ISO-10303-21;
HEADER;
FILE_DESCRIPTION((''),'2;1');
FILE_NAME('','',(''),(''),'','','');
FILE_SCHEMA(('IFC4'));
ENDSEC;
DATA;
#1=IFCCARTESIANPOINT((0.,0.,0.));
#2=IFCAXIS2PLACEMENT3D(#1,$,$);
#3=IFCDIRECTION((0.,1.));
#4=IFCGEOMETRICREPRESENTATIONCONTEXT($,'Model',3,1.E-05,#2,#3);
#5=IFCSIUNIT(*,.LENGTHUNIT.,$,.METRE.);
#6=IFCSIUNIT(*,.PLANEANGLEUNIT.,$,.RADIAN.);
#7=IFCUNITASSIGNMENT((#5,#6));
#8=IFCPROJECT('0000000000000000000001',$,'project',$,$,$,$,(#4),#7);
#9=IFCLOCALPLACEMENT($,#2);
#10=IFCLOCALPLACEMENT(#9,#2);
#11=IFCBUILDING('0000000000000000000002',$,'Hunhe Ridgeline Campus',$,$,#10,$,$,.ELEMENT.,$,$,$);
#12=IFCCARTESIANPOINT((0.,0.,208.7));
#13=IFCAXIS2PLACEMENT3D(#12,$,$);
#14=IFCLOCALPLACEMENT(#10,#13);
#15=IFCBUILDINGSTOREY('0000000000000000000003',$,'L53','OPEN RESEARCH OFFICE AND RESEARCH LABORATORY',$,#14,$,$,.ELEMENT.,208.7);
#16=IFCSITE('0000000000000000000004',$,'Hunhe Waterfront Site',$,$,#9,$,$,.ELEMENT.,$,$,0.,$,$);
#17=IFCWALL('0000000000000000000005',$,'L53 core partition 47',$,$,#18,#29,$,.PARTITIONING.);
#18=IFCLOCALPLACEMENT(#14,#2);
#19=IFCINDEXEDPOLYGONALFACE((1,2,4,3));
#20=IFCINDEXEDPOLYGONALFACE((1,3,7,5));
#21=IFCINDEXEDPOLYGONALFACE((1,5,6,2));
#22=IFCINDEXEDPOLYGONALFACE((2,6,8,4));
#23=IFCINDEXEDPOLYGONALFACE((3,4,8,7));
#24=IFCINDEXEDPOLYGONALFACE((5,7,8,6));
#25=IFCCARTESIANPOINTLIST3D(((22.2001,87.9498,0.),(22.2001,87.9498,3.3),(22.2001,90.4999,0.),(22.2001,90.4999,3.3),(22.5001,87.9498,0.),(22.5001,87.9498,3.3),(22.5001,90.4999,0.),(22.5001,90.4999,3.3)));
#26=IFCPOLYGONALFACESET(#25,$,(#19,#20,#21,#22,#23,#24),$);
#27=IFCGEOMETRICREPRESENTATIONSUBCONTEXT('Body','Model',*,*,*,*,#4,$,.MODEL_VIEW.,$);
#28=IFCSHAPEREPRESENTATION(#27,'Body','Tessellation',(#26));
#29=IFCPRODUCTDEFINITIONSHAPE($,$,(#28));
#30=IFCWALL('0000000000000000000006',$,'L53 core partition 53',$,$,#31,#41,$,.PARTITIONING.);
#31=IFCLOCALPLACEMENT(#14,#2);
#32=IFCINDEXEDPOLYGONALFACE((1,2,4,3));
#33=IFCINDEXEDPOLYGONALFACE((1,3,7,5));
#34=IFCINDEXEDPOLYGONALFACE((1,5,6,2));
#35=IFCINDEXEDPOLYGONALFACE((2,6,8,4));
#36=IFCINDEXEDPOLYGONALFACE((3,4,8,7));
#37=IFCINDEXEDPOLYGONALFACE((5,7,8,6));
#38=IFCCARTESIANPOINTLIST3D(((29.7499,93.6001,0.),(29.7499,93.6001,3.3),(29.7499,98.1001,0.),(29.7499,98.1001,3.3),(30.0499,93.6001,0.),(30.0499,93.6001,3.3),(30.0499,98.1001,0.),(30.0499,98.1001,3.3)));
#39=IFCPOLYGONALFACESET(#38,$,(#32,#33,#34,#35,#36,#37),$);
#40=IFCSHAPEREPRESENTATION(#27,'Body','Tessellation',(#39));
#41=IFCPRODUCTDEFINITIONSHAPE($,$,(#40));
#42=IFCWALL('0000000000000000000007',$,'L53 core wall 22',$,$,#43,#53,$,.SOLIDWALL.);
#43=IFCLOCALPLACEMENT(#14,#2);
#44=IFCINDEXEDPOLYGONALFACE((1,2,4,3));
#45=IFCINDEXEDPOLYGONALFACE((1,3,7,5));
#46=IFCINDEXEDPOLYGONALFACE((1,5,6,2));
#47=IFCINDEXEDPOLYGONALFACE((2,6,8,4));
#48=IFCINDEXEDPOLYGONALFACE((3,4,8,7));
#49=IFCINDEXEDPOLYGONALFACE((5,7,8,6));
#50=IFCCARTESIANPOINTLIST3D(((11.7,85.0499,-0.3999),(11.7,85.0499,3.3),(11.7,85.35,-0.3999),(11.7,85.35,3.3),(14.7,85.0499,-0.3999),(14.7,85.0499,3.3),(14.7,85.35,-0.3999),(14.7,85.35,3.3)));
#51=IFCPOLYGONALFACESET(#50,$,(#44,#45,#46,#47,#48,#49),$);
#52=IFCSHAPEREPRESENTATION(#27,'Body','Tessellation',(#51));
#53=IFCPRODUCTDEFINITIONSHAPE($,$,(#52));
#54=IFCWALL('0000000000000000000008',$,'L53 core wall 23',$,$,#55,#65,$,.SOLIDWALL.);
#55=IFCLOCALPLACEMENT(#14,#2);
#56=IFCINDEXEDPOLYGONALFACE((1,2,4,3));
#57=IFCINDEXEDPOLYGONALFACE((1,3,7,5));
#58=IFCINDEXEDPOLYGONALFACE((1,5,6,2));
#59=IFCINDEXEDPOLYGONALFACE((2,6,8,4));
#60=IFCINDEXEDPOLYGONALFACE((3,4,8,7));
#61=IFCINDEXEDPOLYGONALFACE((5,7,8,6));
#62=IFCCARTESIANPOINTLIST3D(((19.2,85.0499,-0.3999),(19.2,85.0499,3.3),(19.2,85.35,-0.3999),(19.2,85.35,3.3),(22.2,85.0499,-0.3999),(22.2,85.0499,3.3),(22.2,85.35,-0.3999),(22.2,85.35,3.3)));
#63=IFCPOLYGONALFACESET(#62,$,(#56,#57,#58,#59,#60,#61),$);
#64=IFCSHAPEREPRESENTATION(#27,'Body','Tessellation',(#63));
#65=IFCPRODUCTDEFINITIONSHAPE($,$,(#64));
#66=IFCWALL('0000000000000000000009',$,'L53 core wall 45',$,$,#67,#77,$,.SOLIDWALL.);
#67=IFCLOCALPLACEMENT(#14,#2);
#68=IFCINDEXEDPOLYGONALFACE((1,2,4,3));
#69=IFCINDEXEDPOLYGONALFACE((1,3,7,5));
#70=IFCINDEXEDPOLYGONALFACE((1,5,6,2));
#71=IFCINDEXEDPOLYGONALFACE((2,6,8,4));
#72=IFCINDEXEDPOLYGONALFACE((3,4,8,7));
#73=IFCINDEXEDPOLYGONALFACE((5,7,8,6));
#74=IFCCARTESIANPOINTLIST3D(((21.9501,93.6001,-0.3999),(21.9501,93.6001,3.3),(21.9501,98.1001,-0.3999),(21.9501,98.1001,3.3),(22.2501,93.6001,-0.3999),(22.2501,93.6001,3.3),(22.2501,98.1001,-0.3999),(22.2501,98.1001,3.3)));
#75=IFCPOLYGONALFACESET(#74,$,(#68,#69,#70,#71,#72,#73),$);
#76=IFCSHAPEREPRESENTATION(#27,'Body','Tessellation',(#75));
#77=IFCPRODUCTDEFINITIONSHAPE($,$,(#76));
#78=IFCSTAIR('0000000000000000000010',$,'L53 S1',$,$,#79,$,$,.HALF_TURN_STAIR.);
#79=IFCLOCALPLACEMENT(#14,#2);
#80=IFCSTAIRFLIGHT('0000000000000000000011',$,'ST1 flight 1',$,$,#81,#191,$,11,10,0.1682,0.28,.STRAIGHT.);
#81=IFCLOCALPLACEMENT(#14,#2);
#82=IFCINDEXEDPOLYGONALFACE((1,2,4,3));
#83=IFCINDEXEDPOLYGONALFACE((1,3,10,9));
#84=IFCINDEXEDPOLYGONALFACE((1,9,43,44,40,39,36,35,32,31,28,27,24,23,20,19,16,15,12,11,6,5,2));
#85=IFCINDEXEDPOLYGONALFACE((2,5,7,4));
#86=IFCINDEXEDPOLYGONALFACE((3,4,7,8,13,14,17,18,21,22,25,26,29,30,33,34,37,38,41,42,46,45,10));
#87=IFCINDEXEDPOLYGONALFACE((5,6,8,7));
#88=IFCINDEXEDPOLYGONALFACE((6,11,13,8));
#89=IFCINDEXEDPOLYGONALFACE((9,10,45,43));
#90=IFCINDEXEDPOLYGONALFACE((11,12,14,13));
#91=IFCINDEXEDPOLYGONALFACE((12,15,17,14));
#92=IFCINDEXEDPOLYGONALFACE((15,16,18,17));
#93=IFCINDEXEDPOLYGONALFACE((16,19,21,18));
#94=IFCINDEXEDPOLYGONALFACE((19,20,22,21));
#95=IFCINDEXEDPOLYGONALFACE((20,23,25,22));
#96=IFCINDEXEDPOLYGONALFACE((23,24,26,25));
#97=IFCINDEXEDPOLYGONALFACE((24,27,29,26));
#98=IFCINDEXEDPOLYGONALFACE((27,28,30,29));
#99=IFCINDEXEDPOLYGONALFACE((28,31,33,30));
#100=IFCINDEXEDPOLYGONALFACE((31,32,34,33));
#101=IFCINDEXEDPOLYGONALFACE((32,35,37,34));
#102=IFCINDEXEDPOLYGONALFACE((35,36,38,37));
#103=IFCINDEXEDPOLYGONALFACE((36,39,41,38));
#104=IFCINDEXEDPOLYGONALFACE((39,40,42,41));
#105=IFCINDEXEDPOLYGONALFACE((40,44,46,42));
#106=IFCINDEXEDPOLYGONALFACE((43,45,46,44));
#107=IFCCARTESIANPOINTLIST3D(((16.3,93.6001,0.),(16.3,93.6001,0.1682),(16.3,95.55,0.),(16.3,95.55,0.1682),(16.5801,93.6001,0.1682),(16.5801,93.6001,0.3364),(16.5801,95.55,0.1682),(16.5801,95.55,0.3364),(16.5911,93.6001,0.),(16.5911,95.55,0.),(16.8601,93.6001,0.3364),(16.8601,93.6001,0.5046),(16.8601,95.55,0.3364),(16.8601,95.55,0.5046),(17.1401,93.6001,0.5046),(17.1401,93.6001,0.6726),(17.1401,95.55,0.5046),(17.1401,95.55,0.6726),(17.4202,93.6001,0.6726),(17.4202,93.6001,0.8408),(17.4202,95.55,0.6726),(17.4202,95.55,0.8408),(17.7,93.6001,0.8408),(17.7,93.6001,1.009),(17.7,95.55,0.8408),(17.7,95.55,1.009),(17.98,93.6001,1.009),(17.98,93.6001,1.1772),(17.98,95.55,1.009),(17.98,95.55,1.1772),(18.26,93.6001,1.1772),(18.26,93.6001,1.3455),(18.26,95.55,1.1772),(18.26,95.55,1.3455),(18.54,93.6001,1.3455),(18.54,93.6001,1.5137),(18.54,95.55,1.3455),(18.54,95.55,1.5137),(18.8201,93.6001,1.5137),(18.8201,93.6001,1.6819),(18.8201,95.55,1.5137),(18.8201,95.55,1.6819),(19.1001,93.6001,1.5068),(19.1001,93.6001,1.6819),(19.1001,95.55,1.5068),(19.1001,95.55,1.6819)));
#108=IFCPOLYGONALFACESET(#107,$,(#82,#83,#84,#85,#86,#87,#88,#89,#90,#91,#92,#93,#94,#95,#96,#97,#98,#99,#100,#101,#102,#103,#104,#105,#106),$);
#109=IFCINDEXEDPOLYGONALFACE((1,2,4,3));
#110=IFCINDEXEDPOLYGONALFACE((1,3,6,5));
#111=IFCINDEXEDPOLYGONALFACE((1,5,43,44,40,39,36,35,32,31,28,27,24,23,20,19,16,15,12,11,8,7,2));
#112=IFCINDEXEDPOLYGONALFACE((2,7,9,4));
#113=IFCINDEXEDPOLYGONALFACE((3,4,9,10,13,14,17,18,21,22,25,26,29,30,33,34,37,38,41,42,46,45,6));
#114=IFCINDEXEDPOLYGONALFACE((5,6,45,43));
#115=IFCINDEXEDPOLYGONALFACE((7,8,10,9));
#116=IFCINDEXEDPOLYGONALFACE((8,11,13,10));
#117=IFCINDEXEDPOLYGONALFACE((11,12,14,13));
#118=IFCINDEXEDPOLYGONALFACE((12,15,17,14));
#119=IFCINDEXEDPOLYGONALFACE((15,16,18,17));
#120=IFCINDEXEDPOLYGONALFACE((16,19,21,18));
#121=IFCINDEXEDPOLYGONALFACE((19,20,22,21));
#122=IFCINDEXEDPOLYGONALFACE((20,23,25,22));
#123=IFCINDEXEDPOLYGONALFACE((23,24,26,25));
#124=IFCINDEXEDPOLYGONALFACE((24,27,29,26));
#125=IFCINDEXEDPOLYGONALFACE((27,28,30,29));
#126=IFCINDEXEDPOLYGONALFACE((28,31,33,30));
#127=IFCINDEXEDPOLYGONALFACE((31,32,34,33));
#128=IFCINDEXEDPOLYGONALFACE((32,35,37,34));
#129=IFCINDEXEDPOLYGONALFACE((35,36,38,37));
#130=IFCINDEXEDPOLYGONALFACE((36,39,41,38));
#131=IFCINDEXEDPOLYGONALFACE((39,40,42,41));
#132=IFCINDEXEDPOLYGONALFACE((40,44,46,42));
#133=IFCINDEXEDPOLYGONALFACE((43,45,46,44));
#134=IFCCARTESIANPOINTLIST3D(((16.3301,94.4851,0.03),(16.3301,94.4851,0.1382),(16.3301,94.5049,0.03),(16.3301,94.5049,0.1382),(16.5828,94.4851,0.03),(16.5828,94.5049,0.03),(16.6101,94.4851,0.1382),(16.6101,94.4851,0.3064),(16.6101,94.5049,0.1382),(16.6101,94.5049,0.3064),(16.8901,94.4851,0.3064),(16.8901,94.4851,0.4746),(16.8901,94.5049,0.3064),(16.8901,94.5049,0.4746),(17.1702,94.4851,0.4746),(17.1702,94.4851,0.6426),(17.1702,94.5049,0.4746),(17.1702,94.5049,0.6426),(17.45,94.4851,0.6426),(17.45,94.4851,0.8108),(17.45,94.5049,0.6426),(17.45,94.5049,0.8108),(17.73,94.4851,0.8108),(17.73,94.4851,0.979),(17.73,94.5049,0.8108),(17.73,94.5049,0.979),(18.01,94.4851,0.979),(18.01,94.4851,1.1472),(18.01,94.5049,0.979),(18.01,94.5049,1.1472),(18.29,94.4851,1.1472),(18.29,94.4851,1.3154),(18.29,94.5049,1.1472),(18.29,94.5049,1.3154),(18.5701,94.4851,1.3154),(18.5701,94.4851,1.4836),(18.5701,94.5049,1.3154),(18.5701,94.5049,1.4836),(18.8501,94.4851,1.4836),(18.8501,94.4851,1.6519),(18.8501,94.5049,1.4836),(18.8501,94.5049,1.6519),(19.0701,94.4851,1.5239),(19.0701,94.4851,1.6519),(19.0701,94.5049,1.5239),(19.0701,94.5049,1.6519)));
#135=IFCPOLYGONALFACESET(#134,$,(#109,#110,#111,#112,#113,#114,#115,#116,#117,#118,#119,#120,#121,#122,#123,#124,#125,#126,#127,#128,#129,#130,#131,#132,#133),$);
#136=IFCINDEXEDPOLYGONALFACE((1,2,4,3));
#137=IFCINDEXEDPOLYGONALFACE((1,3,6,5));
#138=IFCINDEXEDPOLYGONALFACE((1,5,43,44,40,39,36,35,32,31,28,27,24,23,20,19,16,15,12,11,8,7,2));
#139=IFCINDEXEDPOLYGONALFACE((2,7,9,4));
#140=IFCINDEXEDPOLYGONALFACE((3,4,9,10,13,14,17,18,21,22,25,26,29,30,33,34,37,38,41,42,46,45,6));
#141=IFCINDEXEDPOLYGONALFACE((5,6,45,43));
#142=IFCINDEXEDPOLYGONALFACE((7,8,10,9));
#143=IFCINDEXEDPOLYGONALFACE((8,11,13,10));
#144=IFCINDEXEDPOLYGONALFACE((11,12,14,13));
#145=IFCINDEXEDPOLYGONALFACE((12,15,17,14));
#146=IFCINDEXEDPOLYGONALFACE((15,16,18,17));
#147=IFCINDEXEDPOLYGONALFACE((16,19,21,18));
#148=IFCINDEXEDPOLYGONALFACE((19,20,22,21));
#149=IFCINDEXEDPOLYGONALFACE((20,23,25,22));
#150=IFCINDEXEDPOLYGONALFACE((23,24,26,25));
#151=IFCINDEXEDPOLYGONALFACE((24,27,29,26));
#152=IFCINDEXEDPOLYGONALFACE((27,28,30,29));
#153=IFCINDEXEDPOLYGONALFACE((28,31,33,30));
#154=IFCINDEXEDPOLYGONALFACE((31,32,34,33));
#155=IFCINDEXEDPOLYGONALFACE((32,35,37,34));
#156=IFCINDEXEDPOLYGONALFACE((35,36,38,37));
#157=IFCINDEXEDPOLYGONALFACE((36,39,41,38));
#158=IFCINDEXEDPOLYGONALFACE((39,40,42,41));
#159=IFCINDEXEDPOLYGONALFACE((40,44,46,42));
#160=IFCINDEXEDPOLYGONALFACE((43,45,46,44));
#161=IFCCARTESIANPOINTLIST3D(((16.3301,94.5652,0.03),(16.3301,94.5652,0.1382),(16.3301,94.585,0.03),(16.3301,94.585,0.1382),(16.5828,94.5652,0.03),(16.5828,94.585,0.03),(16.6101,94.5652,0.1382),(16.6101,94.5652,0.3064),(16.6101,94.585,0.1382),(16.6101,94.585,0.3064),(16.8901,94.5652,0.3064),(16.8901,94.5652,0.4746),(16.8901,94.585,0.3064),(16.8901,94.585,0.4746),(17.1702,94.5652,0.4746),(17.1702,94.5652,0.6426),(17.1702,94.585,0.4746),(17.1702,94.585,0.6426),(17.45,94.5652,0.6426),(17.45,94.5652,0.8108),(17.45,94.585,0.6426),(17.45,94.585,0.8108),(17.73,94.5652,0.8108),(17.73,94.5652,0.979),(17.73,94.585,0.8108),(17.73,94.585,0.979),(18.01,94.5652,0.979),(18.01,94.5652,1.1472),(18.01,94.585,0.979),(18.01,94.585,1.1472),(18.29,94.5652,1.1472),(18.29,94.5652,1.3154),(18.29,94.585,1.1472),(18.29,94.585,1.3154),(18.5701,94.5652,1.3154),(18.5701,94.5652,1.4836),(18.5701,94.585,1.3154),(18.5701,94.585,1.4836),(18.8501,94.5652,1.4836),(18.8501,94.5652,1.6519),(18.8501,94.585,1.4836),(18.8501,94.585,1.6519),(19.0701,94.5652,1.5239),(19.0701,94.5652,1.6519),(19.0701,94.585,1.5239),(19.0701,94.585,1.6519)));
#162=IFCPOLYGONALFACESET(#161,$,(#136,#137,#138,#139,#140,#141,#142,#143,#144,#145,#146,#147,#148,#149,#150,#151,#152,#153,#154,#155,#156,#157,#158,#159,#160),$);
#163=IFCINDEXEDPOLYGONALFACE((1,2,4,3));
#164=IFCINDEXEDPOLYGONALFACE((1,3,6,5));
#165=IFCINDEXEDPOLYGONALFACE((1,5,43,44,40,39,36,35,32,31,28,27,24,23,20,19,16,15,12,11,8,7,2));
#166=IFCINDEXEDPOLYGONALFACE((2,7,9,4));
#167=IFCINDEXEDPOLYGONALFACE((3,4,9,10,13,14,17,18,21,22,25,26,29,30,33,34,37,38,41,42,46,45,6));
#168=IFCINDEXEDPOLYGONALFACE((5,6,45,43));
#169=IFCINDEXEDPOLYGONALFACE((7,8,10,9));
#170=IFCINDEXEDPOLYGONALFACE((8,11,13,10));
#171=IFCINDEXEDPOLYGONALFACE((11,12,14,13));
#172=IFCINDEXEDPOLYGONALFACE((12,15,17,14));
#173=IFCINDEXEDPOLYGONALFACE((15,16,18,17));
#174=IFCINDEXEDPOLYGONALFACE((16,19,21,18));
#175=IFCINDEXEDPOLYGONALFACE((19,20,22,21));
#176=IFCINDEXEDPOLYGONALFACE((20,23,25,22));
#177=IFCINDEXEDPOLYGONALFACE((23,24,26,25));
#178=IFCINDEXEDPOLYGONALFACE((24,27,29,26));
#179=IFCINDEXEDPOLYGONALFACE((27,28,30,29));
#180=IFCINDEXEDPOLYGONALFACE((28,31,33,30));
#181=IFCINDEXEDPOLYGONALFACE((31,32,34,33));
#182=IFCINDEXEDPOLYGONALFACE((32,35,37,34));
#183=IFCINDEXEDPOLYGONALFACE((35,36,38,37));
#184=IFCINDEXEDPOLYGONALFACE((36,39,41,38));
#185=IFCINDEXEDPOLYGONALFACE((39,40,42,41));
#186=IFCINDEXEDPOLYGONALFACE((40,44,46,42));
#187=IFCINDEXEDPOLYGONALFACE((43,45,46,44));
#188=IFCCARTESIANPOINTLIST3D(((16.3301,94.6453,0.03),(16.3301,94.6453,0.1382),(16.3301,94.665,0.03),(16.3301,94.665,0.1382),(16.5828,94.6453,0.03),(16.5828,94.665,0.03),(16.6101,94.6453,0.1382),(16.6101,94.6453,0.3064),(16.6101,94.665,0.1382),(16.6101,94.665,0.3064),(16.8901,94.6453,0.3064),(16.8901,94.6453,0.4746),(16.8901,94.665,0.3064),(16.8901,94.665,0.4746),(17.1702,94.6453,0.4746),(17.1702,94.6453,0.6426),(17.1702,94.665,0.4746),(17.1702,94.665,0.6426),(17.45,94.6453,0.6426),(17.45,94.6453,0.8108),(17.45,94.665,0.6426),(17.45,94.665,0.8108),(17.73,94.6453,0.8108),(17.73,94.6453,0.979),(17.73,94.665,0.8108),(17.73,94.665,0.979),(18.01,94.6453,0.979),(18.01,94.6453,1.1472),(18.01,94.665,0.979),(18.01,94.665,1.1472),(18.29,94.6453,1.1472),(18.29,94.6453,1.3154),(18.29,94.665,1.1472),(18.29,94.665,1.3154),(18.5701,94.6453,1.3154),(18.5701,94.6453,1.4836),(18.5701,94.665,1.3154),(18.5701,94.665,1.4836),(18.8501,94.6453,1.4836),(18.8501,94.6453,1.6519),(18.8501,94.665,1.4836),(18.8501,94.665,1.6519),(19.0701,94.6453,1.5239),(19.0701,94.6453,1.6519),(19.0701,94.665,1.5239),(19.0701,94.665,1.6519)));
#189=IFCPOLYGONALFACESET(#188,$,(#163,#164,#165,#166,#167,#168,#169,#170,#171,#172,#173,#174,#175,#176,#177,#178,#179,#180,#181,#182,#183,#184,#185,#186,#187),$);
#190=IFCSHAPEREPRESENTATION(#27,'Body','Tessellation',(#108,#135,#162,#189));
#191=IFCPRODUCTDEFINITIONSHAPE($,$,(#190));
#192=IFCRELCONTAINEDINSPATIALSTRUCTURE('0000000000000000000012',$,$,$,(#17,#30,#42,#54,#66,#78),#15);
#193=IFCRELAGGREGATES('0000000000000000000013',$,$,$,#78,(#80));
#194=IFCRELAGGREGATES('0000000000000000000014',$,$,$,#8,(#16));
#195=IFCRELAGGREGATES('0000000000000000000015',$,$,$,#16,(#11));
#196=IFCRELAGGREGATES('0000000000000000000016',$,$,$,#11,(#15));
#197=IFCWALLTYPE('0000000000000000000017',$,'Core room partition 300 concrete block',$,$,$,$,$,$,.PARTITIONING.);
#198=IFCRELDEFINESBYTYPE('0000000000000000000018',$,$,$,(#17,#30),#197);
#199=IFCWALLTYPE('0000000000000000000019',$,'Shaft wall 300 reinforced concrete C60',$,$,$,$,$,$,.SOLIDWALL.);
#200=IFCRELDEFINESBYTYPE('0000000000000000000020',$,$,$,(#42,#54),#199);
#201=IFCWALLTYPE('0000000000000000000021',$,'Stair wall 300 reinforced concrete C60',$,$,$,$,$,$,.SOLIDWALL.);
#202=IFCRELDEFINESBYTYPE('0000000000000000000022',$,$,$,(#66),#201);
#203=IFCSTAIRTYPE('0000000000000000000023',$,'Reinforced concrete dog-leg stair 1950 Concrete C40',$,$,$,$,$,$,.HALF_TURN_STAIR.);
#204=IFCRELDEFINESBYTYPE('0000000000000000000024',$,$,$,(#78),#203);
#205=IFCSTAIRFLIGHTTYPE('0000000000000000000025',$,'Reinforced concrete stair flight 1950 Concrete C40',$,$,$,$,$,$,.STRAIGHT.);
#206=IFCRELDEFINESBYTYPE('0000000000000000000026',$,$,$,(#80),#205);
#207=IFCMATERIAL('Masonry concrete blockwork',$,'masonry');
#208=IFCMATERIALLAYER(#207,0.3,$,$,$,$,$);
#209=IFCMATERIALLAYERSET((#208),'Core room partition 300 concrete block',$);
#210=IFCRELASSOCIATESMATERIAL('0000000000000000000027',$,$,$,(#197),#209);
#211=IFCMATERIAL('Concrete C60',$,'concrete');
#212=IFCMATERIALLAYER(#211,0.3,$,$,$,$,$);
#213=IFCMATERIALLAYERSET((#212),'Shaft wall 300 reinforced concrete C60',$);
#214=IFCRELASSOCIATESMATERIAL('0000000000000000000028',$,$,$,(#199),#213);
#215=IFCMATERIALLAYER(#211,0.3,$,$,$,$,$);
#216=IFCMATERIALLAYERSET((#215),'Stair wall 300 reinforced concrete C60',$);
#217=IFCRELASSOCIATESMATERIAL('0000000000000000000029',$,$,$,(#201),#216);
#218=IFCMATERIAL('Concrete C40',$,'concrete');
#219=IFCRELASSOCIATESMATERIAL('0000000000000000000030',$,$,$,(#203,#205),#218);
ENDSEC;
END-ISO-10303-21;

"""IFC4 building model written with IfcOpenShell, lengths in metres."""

from ifc_helpers import new_model, si_unit, direction, frame, frame_2d, origin, place, context, subcontext, project, spatial, polyline, rectangle, outline, extrude, material, layer, layer_set, type_object, element, aggregate, save


model = new_model("IFC4")

# Units and contexts
model_context = context("Model", 3, precision=1e-05, world=origin(), true_north=direction((0.0, 1.0)))
body_context = subcontext(model_context, "Body", "Model", "MODEL_VIEW")
ifc_project = project(units=[si_unit("LENGTHUNIT", "METRE"), si_unit("PLANEANGLEUNIT", "RADIAN")], contexts=[model_context])

# Site, building, storey
site_placement = place(None, origin())
site = spatial("IfcSite", under=ifc_project, at=site_placement, Name="Hunhe Waterfront Site", CompositionType="ELEMENT", RefElevation=0.0)
building_placement = place(site_placement, origin())
building = spatial("IfcBuilding", under=site, at=building_placement, Name="Hunhe Ridgeline Campus", CompositionType="ELEMENT")
storey_placement = place(building_placement, frame((0.0, 0.0, 208.7)))
storey = spatial("IfcBuildingStorey", under=building, at=storey_placement, Name="L53", Description="OPEN RESEARCH OFFICE AND RESEARCH LABORATORY", CompositionType="ELEMENT", Elevation=208.7)

# Walls
ifc_material_1 = material(Name="Masonry concrete blockwork", Category="masonry")
ifc_layer_1 = layer(ifc_material_1, 0.3)
ifc_layer_set_1 = layer_set([ifc_layer_1], Name="Core room partition 300 concrete block")
wall_type_1 = type_object("IfcWallType", Name="Core room partition 300 concrete block", PredefinedType="PARTITIONING", material=ifc_layer_set_1)
wall_1_placement = place(storey_placement, frame((22.3501, 87.95, 0.0), z_axis=(0.0, 0.0, 1.0), x_axis=(0.0, 1.0, 0.0)))
element("IfcWall", 1, at=wall_1_placement, inside=storey, type_object=wall_type_1, Name="L53 core partition 47", PredefinedType="PARTITIONING", context=body_context, shape_type="SweptSolid", body=[
    extrude(rectangle(XDim=2.55, YDim=0.3, at=frame_2d((1.2749, 0.0))), origin(), (0.0, 0.0, 1.0), 3.3),
])
wall_2_placement = place(storey_placement, frame((29.8999, 93.6001, 0.0), z_axis=(0.0, 0.0, 1.0), x_axis=(0.0, 1.0, 0.0)))
element("IfcWall", 2, at=wall_2_placement, inside=storey, type_object=wall_type_1, Name="L53 core partition 53", PredefinedType="PARTITIONING", context=body_context, shape_type="SweptSolid", body=[
    extrude(rectangle(XDim=4.5, YDim=0.3, at=frame_2d((2.25, 0.0))), origin(), (0.0, 0.0, 1.0), 3.3),
])
ifc_material_2 = material(Name="Concrete C60", Category="concrete")
ifc_layer_2 = layer(ifc_material_2, 0.3)
ifc_layer_set_2 = layer_set([ifc_layer_2], Name="Shaft wall 300 reinforced concrete C60")
wall_type_2 = type_object("IfcWallType", Name="Shaft wall 300 reinforced concrete C60", PredefinedType="SOLIDWALL", material=ifc_layer_set_2)
for number, where, z_axis, x_axis, name in (
    (3, (11.7, 85.2, -0.3999), (0.0, 0.0, 1.0), (1.0, 0.0, 0.0), "L53 core wall 22"),
    (4, (19.2, 85.2, -0.3999), (0.0, 0.0, 1.0), (1.0, 0.0, 0.0), "L53 core wall 23"),
):
    element("IfcWall", number, at=place(storey_placement, frame(where, z_axis=z_axis, x_axis=x_axis)), inside=storey, type_object=wall_type_2, Name=name, PredefinedType="SOLIDWALL", context=body_context, shape_type="SweptSolid", body=[
        extrude(rectangle(XDim=3.0, YDim=0.3, at=frame_2d((1.5, 0.0))), origin(), (0.0, 0.0, 1.0), 3.7),
    ])

# Shared definitions
ifc_layer_3 = layer(ifc_material_2, 0.3)
ifc_layer_set_3 = layer_set([ifc_layer_3], Name="Stair wall 300 reinforced concrete C60")
wall_type_3 = type_object("IfcWallType", Name="Stair wall 300 reinforced concrete C60", PredefinedType="SOLIDWALL", material=ifc_layer_set_3)

# Wall
wall_3_placement = place(storey_placement, frame((22.1001, 93.6001, -0.3999), z_axis=(0.0, 0.0, 1.0), x_axis=(0.0, 1.0, 0.0)))
element("IfcWall", 5, at=wall_3_placement, inside=storey, type_object=wall_type_3, Name="L53 core wall 45", PredefinedType="SOLIDWALL", context=body_context, shape_type="SweptSolid", body=[
    extrude(rectangle(XDim=4.5, YDim=0.3, at=frame_2d((2.25, 0.0))), origin(), (0.0, 0.0, 1.0), 3.7),
])

# Stair, stair flight
ifc_material_3 = material(Name="Concrete C40", Category="concrete")
stair_type = type_object("IfcStairType", Name="Reinforced concrete dog-leg stair 1950 Concrete C40", PredefinedType="HALF_TURN_STAIR", material=ifc_material_3)
stair_placement = place(storey_placement, origin())
stair = element("IfcStair", 6, at=stair_placement, inside=storey, type_object=stair_type, Name="L53 S1", PredefinedType="HALF_TURN_STAIR")
stair_flight_type = type_object("IfcStairFlightType", Name="Reinforced concrete stair flight 1950 Concrete C40", PredefinedType="STRAIGHT", material=ifc_material_3)
stair_flight_1_placement = place(storey_placement, frame((16.3, 94.575, 0.0), z_axis=(0.0, 0.0, 1.0), x_axis=(1.0, 0.0, 0.0)))
stair_flight_1 = element("IfcStairFlight", 7, at=stair_flight_1_placement, type_object=stair_flight_type, Name="ST1 flight 1", NumberOfRisers=11, NumberOfTreads=10, PredefinedType="STRAIGHT", RiserHeight=0.1682, TreadLength=0.28, context=body_context, shape_type="SweptSolid", body=[
    extrude(outline(polyline([(0.0, 0.0), (0.0, 0.1682), (0.28, 0.1682), (0.28, 0.3364), (0.5601, 0.3364), (0.5601, 0.5046), (0.8401, 0.5046), (0.8401, 0.6726), (1.1201, 0.6726), (1.1201, 0.8408), (1.3999, 0.8408), (1.3999, 1.009), (1.6799, 1.009), (1.6799, 1.1772), (1.96, 1.1772), (1.96, 1.3455), (2.24, 1.3455), (2.24, 1.5137), (2.52, 1.5137), (2.52, 1.6819), (2.8, 1.6819), (2.8, 1.8501), (2.8, 1.5068), (0.291, 0.0), (0.0, 0.0)])), frame((0.0, 0.9751, 0.0), z_axis=(0.0, -1.0, 0.0), x_axis=(1.0, 0.0, 0.0)), (0.0, 0.0, 1.0), 1.95),
    extrude(outline(polyline([(0.03, 0.03), (0.03, 0.1382), (0.3101, 0.1382), (0.3101, 0.3064), (0.5901, 0.3064), (0.5901, 0.4746), (0.8701, 0.4746), (0.8701, 0.6426), (1.1499, 0.6426), (1.1499, 0.8108), (1.4299, 0.8108), (1.4299, 0.979), (1.71, 0.979), (1.71, 1.1472), (1.99, 1.1472), (1.99, 1.3154), (2.27, 1.3154), (2.27, 1.4836), (2.55, 1.4836), (2.55, 1.6519), (2.77, 1.6519), (2.77, 1.5239), (0.2827, 0.03), (0.03, 0.03)])), frame((0.0, -0.0701, 0.0), z_axis=(0.0, -1.0, 0.0), x_axis=(1.0, 0.0, 0.0)), (0.0, 0.0, 1.0), 0.0198),
    extrude(outline(polyline([(0.03, 0.03), (0.03, 0.1382), (0.3101, 0.1382), (0.3101, 0.3064), (0.5901, 0.3064), (0.5901, 0.4746), (0.8701, 0.4746), (0.8701, 0.6426), (1.1499, 0.6426), (1.1499, 0.8108), (1.4299, 0.8108), (1.4299, 0.979), (1.71, 0.979), (1.71, 1.1472), (1.99, 1.1472), (1.99, 1.3154), (2.27, 1.3154), (2.27, 1.4836), (2.55, 1.4836), (2.55, 1.6519), (2.77, 1.6519), (2.77, 1.5239), (0.2827, 0.03), (0.03, 0.03)])), frame((0.0, 0.01, 0.0), z_axis=(0.0, -1.0, 0.0), x_axis=(1.0, 0.0, 0.0)), (0.0, 0.0, 1.0), 0.0198),
    extrude(outline(polyline([(0.03, 0.03), (0.03, 0.1382), (0.3101, 0.1382), (0.3101, 0.3064), (0.5901, 0.3064), (0.5901, 0.4746), (0.8701, 0.4746), (0.8701, 0.6426), (1.1499, 0.6426), (1.1499, 0.8108), (1.4299, 0.8108), (1.4299, 0.979), (1.71, 0.979), (1.71, 1.1472), (1.99, 1.1472), (1.99, 1.3154), (2.27, 1.3154), (2.27, 1.4836), (2.55, 1.4836), (2.55, 1.6519), (2.77, 1.6519), (2.77, 1.5239), (0.2827, 0.03), (0.03, 0.03)])), frame((0.0, 0.0901, 0.0), z_axis=(0.0, -1.0, 0.0), x_axis=(1.0, 0.0, 0.0)), (0.0, 0.0, 1.0), 0.0198),
])
aggregate(stair, [stair_flight_1])

save(model, "model.ifc")
